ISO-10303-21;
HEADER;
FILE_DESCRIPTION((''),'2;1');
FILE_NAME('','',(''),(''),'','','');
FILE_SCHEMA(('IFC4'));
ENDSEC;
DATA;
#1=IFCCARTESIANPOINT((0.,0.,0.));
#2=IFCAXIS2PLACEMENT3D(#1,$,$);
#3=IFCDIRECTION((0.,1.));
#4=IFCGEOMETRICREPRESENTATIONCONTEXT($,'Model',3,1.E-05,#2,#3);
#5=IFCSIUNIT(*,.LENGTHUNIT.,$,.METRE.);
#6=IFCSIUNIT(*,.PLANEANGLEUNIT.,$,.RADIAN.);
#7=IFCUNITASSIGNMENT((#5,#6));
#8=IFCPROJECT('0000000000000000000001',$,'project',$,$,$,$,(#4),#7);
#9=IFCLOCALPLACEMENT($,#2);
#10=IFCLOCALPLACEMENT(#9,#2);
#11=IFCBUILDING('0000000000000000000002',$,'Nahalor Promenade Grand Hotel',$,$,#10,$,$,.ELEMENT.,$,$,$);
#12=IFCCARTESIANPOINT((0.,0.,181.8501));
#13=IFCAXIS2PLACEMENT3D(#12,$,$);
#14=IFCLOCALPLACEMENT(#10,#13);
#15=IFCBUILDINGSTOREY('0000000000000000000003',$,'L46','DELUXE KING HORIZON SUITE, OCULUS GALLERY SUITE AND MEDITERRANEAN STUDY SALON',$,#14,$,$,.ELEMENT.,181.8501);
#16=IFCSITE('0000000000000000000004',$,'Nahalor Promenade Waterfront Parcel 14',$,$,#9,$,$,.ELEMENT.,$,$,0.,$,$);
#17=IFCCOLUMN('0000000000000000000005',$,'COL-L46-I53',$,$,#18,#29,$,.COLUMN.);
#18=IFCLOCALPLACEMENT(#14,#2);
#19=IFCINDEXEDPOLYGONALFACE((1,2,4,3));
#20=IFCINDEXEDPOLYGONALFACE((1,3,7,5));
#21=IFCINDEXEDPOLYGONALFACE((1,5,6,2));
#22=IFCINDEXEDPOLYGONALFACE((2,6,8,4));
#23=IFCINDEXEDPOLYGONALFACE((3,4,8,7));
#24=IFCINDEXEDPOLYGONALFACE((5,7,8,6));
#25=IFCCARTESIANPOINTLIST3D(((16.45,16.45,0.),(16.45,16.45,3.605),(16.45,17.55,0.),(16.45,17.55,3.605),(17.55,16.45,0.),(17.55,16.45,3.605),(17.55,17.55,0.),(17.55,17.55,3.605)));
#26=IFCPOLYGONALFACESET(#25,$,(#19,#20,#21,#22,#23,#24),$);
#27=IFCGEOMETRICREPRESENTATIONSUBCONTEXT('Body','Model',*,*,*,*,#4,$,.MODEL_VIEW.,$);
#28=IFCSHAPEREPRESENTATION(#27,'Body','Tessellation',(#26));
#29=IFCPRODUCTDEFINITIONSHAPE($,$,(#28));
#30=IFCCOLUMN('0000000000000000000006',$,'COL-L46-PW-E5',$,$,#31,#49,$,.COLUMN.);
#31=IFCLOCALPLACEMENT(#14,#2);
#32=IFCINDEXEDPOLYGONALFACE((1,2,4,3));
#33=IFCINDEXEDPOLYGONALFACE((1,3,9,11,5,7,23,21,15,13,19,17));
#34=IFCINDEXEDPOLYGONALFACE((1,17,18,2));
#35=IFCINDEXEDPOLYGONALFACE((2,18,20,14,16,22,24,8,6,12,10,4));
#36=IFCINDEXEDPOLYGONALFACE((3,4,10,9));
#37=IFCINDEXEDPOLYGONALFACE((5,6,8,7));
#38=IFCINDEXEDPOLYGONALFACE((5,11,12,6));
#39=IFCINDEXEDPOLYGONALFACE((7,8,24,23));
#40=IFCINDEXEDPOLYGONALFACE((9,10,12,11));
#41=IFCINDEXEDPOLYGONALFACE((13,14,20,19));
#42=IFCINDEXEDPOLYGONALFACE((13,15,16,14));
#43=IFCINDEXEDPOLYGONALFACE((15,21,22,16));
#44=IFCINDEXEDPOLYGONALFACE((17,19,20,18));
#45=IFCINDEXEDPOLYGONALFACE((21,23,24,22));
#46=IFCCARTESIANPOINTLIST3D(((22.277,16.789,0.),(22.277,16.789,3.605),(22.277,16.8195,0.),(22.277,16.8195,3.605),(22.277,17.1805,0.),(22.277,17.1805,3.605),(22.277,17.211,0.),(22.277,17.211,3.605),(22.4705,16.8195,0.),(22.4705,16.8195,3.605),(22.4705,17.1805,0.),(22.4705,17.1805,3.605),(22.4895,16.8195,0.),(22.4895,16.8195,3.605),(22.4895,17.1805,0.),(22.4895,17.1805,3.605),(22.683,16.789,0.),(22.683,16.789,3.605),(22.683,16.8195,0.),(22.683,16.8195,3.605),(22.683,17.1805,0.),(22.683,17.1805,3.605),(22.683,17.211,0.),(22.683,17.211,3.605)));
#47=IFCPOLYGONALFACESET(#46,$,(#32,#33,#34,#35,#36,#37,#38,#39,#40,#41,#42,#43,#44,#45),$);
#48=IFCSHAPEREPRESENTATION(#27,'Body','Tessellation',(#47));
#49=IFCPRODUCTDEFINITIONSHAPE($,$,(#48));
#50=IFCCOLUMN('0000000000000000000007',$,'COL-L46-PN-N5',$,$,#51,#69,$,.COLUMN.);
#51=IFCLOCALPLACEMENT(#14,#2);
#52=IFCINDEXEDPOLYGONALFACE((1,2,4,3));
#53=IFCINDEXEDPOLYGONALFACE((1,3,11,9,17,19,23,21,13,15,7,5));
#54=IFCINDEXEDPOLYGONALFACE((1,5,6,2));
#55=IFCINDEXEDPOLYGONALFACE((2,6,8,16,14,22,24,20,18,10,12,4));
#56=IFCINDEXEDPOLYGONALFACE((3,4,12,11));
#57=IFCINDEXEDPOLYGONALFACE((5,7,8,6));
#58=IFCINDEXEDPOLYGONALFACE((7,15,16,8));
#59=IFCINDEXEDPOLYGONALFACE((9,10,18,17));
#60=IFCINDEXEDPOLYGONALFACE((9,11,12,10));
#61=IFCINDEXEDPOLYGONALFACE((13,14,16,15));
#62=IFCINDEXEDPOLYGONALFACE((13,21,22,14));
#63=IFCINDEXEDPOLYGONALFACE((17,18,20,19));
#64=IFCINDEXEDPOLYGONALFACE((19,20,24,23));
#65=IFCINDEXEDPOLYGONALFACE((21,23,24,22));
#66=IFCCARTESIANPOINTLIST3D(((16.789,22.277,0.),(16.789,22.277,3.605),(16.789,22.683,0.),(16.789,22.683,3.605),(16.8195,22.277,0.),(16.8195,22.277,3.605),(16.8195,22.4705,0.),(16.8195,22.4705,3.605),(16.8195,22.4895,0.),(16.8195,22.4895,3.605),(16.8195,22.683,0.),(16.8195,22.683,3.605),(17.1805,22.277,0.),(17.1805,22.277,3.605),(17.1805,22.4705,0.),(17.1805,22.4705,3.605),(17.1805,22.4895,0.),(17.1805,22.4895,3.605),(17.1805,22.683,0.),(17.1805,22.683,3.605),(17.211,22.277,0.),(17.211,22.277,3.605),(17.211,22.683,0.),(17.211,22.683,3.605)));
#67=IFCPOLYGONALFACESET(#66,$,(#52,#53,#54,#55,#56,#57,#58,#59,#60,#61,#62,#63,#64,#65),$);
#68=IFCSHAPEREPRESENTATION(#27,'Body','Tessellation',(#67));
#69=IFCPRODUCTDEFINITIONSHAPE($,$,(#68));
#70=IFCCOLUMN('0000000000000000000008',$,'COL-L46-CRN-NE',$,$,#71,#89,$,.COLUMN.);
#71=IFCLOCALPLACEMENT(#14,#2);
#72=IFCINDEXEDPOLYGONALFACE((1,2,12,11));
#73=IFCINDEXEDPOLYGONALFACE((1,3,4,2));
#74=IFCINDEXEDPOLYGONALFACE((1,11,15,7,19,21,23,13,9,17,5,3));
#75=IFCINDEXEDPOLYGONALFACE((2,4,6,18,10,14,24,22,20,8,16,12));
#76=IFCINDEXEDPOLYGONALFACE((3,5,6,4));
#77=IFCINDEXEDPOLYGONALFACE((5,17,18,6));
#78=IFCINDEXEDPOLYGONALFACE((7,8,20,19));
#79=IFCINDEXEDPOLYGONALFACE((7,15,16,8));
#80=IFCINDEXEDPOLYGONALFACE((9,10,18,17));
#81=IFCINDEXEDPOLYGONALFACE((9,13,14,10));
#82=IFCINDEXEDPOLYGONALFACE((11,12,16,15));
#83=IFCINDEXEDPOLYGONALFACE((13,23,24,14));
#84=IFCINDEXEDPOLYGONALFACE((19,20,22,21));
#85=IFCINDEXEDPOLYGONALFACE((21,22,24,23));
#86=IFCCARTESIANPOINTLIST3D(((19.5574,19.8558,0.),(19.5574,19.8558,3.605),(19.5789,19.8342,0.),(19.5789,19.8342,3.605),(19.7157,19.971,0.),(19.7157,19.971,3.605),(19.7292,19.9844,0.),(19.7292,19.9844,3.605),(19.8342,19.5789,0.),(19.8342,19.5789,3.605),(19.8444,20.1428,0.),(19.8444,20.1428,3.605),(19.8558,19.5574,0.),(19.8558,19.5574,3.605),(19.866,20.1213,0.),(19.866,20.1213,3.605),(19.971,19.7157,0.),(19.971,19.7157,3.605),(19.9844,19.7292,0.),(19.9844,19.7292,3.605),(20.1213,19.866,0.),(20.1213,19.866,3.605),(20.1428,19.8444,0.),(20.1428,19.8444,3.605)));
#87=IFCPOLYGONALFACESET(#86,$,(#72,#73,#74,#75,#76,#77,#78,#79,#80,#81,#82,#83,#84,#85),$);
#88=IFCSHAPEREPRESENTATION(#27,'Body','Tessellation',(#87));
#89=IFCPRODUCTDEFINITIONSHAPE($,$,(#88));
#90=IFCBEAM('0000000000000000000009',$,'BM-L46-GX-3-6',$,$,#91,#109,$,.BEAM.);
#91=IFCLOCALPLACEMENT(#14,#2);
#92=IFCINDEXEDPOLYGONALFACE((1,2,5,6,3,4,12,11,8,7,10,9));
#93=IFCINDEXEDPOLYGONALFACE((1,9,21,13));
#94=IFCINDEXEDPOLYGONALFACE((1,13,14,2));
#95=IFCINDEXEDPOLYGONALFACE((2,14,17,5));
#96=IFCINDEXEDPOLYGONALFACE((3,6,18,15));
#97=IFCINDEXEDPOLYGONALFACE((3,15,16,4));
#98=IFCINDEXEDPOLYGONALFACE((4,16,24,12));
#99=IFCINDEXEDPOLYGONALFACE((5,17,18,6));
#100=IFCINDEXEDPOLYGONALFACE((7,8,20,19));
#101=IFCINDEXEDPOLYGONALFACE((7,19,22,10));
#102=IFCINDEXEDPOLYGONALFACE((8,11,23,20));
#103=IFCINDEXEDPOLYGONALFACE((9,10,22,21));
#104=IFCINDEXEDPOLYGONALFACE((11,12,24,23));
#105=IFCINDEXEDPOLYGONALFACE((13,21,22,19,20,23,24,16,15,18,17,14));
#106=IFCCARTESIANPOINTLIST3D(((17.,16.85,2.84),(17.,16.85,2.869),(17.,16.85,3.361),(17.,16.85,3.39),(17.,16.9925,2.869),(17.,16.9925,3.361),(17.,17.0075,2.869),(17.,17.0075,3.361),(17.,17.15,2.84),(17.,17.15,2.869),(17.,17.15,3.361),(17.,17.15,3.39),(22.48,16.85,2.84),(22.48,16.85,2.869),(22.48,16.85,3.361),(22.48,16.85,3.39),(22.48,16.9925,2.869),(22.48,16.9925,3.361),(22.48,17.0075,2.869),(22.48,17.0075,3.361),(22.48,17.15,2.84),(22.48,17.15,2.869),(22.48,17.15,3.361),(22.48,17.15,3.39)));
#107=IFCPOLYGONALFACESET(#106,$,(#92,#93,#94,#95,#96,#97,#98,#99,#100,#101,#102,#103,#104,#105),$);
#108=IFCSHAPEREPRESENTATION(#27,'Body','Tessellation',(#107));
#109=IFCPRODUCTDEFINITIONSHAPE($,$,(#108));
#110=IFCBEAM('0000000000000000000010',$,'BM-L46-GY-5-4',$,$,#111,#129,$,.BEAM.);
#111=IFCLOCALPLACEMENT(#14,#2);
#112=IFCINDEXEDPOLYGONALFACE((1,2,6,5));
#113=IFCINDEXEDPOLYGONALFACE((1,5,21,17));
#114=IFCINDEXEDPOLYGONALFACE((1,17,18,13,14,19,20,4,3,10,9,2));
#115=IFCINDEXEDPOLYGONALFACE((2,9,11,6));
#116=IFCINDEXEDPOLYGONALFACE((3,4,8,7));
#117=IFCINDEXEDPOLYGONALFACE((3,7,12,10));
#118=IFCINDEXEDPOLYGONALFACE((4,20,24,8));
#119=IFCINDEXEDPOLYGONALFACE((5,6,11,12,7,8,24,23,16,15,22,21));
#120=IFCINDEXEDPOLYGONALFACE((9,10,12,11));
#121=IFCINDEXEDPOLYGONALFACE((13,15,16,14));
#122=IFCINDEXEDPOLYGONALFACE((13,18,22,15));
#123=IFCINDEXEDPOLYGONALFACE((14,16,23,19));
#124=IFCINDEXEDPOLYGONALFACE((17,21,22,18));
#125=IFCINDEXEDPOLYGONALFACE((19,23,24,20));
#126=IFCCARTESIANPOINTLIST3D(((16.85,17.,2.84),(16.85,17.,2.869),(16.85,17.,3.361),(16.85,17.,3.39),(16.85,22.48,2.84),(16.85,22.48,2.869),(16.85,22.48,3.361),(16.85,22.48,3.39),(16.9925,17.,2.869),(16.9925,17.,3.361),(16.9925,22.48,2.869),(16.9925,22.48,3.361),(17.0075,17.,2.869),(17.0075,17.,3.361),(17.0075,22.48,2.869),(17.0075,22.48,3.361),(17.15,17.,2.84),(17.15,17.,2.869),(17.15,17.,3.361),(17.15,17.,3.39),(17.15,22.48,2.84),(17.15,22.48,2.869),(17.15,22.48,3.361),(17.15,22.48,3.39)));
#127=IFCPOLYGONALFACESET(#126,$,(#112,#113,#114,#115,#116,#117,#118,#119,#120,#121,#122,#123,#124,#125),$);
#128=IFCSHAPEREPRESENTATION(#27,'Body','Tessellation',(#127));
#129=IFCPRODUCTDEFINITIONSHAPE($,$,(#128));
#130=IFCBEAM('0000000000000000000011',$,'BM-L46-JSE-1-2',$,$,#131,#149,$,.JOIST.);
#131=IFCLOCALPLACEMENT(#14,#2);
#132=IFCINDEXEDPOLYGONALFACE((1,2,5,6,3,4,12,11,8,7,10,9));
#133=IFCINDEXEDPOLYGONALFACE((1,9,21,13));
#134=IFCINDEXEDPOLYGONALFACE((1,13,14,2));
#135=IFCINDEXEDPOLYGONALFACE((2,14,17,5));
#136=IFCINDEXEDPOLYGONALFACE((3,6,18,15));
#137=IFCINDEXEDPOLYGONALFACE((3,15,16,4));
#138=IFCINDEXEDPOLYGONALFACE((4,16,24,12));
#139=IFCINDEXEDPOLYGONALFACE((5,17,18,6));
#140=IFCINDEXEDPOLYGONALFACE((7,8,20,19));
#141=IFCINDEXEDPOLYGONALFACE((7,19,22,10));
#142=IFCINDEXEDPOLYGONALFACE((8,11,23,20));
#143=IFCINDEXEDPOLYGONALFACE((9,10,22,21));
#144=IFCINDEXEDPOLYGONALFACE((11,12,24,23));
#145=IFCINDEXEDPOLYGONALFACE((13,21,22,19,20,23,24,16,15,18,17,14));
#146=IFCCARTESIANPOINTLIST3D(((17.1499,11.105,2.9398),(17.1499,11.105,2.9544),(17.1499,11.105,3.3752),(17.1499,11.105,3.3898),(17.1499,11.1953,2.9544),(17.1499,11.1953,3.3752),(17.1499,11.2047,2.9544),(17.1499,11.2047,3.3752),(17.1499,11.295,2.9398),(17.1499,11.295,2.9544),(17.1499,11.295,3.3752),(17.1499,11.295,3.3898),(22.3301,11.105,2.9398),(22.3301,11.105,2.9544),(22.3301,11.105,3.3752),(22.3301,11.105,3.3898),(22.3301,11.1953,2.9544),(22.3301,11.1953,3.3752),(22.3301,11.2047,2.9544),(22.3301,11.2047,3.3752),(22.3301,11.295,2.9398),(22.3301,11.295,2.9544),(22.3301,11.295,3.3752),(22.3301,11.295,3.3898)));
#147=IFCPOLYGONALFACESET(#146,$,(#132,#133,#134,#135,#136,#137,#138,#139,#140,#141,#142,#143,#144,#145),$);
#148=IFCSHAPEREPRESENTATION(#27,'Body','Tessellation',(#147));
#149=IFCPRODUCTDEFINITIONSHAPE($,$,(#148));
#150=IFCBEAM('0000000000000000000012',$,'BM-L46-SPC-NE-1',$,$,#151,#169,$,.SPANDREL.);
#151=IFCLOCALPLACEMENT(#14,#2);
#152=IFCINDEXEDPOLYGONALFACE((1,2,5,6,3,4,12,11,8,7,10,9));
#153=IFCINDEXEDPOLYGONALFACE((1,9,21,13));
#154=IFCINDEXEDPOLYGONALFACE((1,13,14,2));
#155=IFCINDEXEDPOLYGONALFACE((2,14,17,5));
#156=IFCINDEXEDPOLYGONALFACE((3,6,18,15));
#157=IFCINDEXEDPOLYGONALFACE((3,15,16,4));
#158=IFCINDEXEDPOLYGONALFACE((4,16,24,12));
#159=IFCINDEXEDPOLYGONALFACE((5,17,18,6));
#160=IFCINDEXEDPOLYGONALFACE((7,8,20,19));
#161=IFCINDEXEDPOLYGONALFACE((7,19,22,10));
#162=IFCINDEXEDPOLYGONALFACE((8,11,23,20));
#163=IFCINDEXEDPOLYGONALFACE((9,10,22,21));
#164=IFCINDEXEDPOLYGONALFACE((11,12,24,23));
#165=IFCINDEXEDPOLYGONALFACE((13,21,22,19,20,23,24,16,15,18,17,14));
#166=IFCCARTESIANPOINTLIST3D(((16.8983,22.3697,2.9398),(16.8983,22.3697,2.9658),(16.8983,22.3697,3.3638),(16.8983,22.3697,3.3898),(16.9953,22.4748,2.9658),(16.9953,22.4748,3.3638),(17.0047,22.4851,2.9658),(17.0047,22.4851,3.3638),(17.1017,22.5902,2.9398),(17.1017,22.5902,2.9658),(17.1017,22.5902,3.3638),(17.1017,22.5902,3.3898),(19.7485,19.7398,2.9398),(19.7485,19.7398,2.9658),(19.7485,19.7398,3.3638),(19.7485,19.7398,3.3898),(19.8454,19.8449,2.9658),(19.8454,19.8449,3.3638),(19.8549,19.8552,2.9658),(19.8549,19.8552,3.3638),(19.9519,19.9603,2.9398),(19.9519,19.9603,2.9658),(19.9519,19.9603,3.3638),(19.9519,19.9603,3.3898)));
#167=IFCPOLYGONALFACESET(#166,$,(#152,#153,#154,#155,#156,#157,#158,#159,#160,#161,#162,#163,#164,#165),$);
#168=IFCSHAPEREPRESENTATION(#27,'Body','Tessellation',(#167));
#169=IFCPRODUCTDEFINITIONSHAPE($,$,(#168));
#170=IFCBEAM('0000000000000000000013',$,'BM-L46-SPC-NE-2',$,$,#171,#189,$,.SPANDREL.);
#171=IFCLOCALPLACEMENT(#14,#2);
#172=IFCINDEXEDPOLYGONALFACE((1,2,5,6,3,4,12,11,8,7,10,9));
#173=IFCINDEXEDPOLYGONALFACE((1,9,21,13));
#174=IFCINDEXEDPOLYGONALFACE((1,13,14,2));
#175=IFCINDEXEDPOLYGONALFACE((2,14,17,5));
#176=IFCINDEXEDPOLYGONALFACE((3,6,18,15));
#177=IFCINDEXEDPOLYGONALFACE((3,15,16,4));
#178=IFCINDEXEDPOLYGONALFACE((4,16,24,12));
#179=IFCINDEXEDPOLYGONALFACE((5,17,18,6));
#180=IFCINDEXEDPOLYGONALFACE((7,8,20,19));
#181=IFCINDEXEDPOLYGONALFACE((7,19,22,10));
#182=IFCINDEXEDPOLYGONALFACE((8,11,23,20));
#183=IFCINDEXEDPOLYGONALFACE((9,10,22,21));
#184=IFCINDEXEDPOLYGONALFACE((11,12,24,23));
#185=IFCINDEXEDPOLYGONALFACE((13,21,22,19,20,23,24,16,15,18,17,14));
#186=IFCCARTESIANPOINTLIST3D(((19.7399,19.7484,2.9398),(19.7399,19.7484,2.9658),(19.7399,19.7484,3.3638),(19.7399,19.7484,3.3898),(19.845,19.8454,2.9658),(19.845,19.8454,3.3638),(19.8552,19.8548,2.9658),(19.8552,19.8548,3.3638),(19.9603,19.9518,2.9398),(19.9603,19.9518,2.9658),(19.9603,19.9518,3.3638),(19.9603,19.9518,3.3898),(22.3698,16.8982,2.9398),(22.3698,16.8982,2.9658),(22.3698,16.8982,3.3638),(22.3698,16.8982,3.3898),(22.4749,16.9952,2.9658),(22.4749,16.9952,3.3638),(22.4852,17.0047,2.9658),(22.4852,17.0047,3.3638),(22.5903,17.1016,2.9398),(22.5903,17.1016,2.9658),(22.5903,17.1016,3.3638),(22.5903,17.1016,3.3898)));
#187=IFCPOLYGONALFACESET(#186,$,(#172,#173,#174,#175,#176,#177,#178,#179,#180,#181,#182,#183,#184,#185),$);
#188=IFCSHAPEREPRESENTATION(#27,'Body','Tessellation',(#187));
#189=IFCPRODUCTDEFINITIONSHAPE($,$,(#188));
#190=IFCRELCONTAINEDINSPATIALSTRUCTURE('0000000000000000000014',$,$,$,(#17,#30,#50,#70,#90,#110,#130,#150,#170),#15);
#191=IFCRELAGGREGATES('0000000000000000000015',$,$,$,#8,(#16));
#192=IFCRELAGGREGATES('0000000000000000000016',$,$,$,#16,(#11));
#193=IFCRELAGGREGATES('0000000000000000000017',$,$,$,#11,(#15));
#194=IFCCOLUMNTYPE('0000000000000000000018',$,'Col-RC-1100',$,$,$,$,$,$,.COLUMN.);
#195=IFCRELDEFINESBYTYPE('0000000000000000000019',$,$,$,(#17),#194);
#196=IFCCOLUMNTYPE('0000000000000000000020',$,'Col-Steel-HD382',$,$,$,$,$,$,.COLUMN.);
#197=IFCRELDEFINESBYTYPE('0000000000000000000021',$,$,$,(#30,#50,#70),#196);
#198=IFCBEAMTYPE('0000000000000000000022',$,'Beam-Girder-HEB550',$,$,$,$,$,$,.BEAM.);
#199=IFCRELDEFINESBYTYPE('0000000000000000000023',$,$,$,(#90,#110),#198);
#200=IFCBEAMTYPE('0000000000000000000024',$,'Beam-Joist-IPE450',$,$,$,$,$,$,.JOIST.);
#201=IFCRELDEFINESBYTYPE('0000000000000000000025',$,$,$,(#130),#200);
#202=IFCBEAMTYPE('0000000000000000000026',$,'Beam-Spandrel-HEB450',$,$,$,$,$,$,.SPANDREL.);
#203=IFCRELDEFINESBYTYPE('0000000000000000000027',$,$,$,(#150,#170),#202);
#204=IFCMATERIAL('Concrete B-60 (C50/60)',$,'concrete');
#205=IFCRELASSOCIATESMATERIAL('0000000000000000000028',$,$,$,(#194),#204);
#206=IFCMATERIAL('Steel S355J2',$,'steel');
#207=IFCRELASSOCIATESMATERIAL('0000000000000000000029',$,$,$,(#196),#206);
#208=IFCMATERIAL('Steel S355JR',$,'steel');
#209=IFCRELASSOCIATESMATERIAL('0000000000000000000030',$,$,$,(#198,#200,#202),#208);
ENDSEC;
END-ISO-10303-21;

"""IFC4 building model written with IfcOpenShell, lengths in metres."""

from ifc_helpers import new_model, si_unit, direction, frame, origin, origin_2d, place, context, subcontext, project, spatial, rectangle, i_section, extrude, source, transform, mapped, material, material_profile, profile_set, type_object, element, save


model = new_model("IFC4")

# Units and contexts
model_context = context("Model", 3, precision=1e-05, world=origin(), true_north=direction((0.0, 1.0)))
body_context = subcontext(model_context, "Body", "Model", "MODEL_VIEW")
ifc_project = project(units=[si_unit("LENGTHUNIT", "METRE"), si_unit("PLANEANGLEUNIT", "RADIAN")], contexts=[model_context])

# Site, building, storey
site_placement = place(None, origin())
site = spatial("IfcSite", under=ifc_project, at=site_placement, Name="Nahalor Promenade Waterfront Parcel 14", CompositionType="ELEMENT", RefElevation=0.0)
building_placement = place(site_placement, origin())
building = spatial("IfcBuilding", under=site, at=building_placement, Name="Nahalor Promenade Grand Hotel", CompositionType="ELEMENT")
storey_placement = place(building_placement, frame((0.0, 0.0, 181.8501)))
storey = spatial("IfcBuildingStorey", under=building, at=storey_placement, Name="L46", Description="DELUXE KING HORIZON SUITE, OCULUS GALLERY SUITE AND MEDITERRANEAN STUDY SALON", CompositionType="ELEMENT", Elevation=181.8501)

# Columns
ifc_material_1 = material(Name="Concrete B-60 (C50/60)", Category="concrete")
ifc_material_profile_1 = material_profile(ifc_material_1, rectangle(XDim=1.1, YDim=1.1, at=origin_2d()), Name="RC 1100x1100")
ifc_profile_set_1 = profile_set([ifc_material_profile_1], Name="Concrete B-60 (C50/60)")
column_type_1 = type_object("IfcColumnType", Name="Col-RC-1100", PredefinedType="COLUMN", material=ifc_profile_set_1)
shared_shape_1 = source(origin(), body_context, "Body", "SweptSolid", [
    extrude(rectangle(XDim=1.1, YDim=1.1, at=origin_2d()), origin(), (0.0, 0.0, 1.0), 3.605),
])
column_placement = place(storey_placement, frame((17.0, 17.0, 0.0), z_axis=(0.0, 0.0, 1.0), x_axis=(1.0, 0.0, 0.0)))
element("IfcColumn", 1, at=column_placement, inside=storey, type_object=column_type_1, Name="COL-L46-I53", PredefinedType="COLUMN", context=body_context, shape_type="MappedRepresentation", body=[
    mapped(shared_shape_1, transform((0.0, 0.0, 0.0), scale=1.0)),
])
ifc_material_2 = material(Name="Steel S355J2", Category="steel")
ifc_material_profile_2 = material_profile(ifc_material_2, i_section(OverallWidth=0.406, OverallDepth=0.422, WebThickness=0.019, FlangeThickness=0.0305, at=origin_2d()), Name="HD 400x382")
ifc_profile_set_2 = profile_set([ifc_material_profile_2], Name="Steel S355J2")
column_type_2 = type_object("IfcColumnType", Name="Col-Steel-HD382", PredefinedType="COLUMN", material=ifc_profile_set_2)
shared_shape_2 = source(origin(), body_context, "Body", "SweptSolid", [
    extrude(i_section(OverallWidth=0.406, OverallDepth=0.422, WebThickness=0.019, FlangeThickness=0.0305, at=origin_2d()), origin(), (0.0, 0.0, 1.0), 3.605),
])
for number, where, z_axis, x_axis, name in (
    (2, (22.48, 17.0, 0.0), (0.0, 0.0, 1.0), (1.0, 0.0, 0.0), "COL-L46-PW-E5"),
    (3, (17.0, 22.48, 0.0), (0.0, 0.0, 1.0), (0.0, 1.0, 0.0), "COL-L46-PN-N5"),
    (4, (19.8501, 19.8501, 0.0), (0.0, 0.0, 1.0), (0.707107, 0.707107, 0.0), "COL-L46-CRN-NE"),
):
    element("IfcColumn", number, at=place(storey_placement, frame(where, z_axis=z_axis, x_axis=x_axis)), inside=storey, type_object=column_type_2, Name=name, PredefinedType="COLUMN", context=body_context, shape_type="MappedRepresentation", body=[
        mapped(shared_shape_2, transform((0.0, 0.0, 0.0), scale=1.0)),
    ])

# Beams
ifc_material_3 = material(Name="Steel S355JR", Category="steel")
ifc_material_profile_3 = material_profile(ifc_material_3, i_section(OverallWidth=0.3, OverallDepth=0.55, WebThickness=0.015, FlangeThickness=0.029, at=origin_2d()), Name="HEB 550")
ifc_profile_set_3 = profile_set([ifc_material_profile_3], Name="Steel S355JR")
beam_type_1 = type_object("IfcBeamType", Name="Beam-Girder-HEB550", PredefinedType="BEAM", material=ifc_profile_set_3)
shared_shape_3 = source(origin(), body_context, "Body", "SweptSolid", [
    extrude(i_section(OverallWidth=0.3, OverallDepth=0.55, WebThickness=0.015, FlangeThickness=0.029, at=origin_2d()), origin(), (0.0, 0.0, 1.0), 5.48),
])
for number, where, z_axis, x_axis, name in (
    (5, (17.0, 17.0, 3.115), (1.0, 0.0, 0.0), (0.0, 1.0, 0.0), "BM-L46-GX-3-6"),
    (6, (17.0, 17.0, 3.115), (0.0, 1.0, 0.0), (-1.0, 0.0, 0.0), "BM-L46-GY-5-4"),
):
    element("IfcBeam", number, at=place(storey_placement, frame(where, z_axis=z_axis, x_axis=x_axis)), inside=storey, type_object=beam_type_1, Name=name, PredefinedType="BEAM", context=body_context, shape_type="MappedRepresentation", body=[
        mapped(shared_shape_3, transform((0.0, 0.0, 0.0), scale=1.0)),
    ])
ifc_material_profile_4 = material_profile(ifc_material_3, i_section(OverallWidth=0.19, OverallDepth=0.45, WebThickness=0.0094, FlangeThickness=0.0146, at=origin_2d()), Name="IPE 450")
ifc_profile_set_4 = profile_set([ifc_material_profile_4], Name="Steel S355JR")
beam_type_2 = type_object("IfcBeamType", Name="Beam-Joist-IPE450", PredefinedType="JOIST", material=ifc_profile_set_4)
shared_shape_4 = source(origin(), body_context, "Body", "SweptSolid", [
    extrude(i_section(OverallWidth=0.19, OverallDepth=0.45, WebThickness=0.0094, FlangeThickness=0.0146, at=origin_2d()), origin(), (0.0, 0.0, 1.0), 5.1802),
])
beam_placement = place(storey_placement, frame((17.1499, 11.2, 3.1648), z_axis=(1.0, 0.0, 0.0), x_axis=(0.0, 1.0, 0.0)))
element("IfcBeam", 7, at=beam_placement, inside=storey, type_object=beam_type_2, Name="BM-L46-JSE-1-2", PredefinedType="JOIST", context=body_context, shape_type="MappedRepresentation", body=[
    mapped(shared_shape_4, transform((0.0, 0.0, 0.0), scale=1.0)),
])
ifc_material_profile_5 = material_profile(ifc_material_3, i_section(OverallWidth=0.3, OverallDepth=0.45, WebThickness=0.014, FlangeThickness=0.026, at=origin_2d()), Name="HEB 450")
ifc_profile_set_5 = profile_set([ifc_material_profile_5], Name="Steel S355JR")
beam_type_3 = type_object("IfcBeamType", Name="Beam-Spandrel-HEB450", PredefinedType="SPANDREL", material=ifc_profile_set_5)
shared_shape_5 = source(origin(), body_context, "Body", "SweptSolid", [
    extrude(i_section(OverallWidth=0.3, OverallDepth=0.45, WebThickness=0.014, FlangeThickness=0.026, at=origin_2d()), origin(), (0.0, 0.0, 1.0), 3.8782),
])
for number, where, z_axis, x_axis, name in (
    (8, (17.0, 22.48, 3.1648), (0.734929, -0.678144, 0.0), (0.678144, 0.734929, 0.0), "BM-L46-SPC-NE-1"),
    (9, (19.8501, 19.8501, 3.1648), (0.678144, -0.734929, 0.0), (0.734929, 0.678144, 0.0), "BM-L46-SPC-NE-2"),
):
    element("IfcBeam", number, at=place(storey_placement, frame(where, z_axis=z_axis, x_axis=x_axis)), inside=storey, type_object=beam_type_3, Name=name, PredefinedType="SPANDREL", context=body_context, shape_type="MappedRepresentation", body=[
        mapped(shared_shape_5, transform((0.0, 0.0, 0.0), scale=1.0)),
    ])

save(model, "model.ifc")
